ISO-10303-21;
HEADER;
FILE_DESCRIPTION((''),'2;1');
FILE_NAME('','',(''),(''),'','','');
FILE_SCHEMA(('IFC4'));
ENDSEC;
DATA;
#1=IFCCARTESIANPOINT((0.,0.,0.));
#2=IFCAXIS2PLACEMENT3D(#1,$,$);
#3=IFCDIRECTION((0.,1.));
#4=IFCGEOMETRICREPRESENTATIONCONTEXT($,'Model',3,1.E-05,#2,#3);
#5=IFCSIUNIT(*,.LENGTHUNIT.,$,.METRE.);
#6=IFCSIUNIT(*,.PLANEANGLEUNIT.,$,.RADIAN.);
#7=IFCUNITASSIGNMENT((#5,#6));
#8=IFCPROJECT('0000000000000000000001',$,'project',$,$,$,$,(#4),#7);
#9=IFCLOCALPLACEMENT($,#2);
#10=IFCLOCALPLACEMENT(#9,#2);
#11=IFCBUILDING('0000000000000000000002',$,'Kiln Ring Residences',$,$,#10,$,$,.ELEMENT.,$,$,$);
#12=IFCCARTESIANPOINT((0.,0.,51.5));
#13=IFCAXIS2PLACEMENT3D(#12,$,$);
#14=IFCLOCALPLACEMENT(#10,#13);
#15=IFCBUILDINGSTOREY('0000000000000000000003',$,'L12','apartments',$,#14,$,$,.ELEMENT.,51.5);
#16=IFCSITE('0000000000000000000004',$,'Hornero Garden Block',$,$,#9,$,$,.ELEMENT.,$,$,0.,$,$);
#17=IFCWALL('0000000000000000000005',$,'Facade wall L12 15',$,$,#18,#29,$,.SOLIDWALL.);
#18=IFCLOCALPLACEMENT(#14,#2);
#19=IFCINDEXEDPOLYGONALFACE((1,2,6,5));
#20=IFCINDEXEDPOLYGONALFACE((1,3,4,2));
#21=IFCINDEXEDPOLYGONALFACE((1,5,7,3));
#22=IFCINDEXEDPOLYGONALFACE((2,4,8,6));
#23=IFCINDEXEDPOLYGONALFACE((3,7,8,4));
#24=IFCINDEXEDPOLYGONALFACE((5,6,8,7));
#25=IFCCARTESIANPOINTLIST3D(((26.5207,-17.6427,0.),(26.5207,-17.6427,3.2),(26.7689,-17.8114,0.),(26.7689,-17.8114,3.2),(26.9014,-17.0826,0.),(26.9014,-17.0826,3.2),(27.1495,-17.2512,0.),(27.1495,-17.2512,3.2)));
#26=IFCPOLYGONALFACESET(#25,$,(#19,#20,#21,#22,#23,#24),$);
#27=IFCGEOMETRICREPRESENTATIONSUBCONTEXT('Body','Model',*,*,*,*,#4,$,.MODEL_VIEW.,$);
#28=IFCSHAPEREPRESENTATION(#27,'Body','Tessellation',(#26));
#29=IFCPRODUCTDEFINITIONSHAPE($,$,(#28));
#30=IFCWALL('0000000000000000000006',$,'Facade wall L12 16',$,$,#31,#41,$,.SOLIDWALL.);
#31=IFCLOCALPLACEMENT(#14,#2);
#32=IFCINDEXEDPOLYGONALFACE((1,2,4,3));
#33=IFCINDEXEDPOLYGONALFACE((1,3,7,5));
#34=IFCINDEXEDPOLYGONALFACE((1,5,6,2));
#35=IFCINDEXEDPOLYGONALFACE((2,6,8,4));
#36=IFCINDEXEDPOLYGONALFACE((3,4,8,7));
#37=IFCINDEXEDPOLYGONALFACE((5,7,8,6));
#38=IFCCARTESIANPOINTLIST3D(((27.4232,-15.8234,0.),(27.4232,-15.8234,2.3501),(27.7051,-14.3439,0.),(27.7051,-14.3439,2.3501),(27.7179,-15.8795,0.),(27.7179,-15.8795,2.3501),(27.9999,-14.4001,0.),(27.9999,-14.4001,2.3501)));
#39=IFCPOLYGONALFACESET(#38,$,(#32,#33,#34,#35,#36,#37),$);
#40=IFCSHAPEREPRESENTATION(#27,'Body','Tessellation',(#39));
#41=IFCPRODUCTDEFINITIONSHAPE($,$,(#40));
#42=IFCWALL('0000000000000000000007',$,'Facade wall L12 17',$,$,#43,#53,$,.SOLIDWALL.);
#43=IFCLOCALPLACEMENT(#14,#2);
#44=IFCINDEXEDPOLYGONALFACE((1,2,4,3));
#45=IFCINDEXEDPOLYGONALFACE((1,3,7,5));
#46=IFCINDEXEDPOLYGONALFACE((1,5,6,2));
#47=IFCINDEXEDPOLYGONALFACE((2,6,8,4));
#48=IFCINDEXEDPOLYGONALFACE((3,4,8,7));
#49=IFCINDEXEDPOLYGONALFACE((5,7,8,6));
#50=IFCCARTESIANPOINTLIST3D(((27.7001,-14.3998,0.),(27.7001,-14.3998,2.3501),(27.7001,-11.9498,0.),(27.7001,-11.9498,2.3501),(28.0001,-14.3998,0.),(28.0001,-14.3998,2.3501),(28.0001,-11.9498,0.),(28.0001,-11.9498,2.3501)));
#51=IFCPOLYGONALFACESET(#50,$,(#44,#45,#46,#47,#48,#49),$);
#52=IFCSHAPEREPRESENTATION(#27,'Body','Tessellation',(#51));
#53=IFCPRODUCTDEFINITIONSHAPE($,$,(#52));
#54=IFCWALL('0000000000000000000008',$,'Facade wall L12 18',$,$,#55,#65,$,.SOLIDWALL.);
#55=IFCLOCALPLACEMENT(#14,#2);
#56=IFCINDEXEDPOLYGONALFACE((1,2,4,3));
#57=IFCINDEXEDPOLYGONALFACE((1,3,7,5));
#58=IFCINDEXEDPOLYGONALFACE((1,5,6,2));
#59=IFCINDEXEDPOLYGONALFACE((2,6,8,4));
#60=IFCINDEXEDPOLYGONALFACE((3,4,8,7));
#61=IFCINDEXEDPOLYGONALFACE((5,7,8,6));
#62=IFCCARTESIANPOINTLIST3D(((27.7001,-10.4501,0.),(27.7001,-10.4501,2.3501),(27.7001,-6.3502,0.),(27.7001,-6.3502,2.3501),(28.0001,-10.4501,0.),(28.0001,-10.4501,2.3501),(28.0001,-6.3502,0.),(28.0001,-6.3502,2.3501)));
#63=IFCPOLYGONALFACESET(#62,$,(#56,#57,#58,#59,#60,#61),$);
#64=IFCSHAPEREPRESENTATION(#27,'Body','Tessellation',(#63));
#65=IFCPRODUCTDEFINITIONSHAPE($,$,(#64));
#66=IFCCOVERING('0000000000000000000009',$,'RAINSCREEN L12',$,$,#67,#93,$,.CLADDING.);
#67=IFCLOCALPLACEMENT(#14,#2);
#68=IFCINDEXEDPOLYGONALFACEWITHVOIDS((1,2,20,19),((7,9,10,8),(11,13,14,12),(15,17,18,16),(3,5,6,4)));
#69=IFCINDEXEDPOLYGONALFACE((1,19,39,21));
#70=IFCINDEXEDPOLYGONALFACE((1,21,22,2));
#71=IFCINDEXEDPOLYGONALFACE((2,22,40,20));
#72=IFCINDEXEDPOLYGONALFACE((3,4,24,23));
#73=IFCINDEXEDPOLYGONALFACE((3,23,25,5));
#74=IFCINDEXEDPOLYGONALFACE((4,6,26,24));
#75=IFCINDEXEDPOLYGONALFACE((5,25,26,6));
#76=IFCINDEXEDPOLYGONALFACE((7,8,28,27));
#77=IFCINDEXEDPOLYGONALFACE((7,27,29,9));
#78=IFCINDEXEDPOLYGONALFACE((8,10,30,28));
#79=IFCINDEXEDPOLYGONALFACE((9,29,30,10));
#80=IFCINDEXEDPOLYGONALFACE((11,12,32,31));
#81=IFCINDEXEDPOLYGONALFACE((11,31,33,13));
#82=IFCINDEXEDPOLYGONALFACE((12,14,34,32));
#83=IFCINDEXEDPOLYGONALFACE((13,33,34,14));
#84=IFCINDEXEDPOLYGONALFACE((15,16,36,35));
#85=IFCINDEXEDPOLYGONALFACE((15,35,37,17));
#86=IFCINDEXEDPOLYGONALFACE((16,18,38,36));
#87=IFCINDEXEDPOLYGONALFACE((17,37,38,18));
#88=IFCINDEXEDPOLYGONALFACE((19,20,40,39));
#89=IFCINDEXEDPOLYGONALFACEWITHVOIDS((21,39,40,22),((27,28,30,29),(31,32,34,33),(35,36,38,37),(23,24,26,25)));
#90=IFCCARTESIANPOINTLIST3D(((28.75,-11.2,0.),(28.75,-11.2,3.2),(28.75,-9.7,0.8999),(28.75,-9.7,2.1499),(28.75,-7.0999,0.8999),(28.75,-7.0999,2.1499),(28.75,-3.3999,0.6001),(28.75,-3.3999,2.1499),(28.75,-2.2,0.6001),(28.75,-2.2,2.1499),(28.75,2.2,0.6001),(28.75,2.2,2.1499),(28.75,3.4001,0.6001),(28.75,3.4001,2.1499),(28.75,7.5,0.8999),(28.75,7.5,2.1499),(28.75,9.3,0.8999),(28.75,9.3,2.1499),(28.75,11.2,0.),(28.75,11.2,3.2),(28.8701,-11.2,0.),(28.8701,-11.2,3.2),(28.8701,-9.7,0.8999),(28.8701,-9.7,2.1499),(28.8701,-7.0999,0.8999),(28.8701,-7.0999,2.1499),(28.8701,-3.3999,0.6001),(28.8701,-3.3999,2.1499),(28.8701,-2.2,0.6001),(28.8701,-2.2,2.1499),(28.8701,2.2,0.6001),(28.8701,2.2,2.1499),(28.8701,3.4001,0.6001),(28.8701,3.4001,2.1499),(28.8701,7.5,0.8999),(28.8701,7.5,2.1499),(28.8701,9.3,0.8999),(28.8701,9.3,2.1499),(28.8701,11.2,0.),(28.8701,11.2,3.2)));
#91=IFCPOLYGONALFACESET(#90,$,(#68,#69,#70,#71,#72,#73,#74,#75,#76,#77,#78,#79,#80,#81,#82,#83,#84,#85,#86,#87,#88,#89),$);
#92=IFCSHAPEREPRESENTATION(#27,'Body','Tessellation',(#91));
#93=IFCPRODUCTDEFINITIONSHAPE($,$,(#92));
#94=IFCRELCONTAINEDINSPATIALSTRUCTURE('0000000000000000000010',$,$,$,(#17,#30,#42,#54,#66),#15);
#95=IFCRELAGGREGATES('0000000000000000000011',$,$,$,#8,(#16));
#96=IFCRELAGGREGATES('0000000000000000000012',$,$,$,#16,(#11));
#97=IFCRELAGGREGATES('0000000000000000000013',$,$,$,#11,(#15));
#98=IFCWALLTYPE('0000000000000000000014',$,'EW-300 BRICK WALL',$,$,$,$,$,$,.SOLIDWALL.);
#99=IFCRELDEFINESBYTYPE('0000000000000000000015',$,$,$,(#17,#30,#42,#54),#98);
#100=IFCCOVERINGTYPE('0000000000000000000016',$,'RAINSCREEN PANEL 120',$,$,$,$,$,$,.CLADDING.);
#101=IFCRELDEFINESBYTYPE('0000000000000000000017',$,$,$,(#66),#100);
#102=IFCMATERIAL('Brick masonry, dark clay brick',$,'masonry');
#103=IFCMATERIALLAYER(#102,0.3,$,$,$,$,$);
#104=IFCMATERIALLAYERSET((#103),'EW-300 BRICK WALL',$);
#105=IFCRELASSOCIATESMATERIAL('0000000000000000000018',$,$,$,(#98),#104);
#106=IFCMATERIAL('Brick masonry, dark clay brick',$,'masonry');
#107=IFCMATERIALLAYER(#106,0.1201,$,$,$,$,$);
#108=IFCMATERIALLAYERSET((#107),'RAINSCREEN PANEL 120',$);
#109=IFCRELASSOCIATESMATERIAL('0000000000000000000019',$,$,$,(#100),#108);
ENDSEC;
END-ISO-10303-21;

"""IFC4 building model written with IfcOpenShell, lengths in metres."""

from ifc_helpers import new_model, si_unit, direction, frame, frame_2d, origin, place, context, subcontext, project, spatial, polyline, rectangle, outline, extrude, material, layer, layer_set, type_object, element, save


model = new_model("IFC4")

# Units and contexts
model_context = context("Model", 3, precision=1e-05, world=origin(), true_north=direction((0.0, 1.0)))
body_context = subcontext(model_context, "Body", "Model", "MODEL_VIEW")
ifc_project = project(units=[si_unit("LENGTHUNIT", "METRE"), si_unit("PLANEANGLEUNIT", "RADIAN")], contexts=[model_context])

# Site, building, storey
site_placement = place(None, origin())
site = spatial("IfcSite", under=ifc_project, at=site_placement, Name="Hornero Garden Block", CompositionType="ELEMENT", RefElevation=0.0)
building_placement = place(site_placement, origin())
building = spatial("IfcBuilding", under=site, at=building_placement, Name="Kiln Ring Residences", CompositionType="ELEMENT")
storey_placement = place(building_placement, frame((0.0, 0.0, 51.5)))
storey = spatial("IfcBuildingStorey", under=building, at=storey_placement, Name="L12", Description="apartments", CompositionType="ELEMENT", Elevation=51.5)

# Walls
ifc_material_1 = material(Name="Brick masonry, dark clay brick", Category="masonry")
ifc_layer_1 = layer(ifc_material_1, 0.3)
ifc_layer_set_1 = layer_set([ifc_layer_1], Name="EW-300 BRICK WALL")
wall_type_1 = type_object("IfcWallType", Name="EW-300 BRICK WALL", PredefinedType="SOLIDWALL", material=ifc_layer_set_1)
wall_1_placement = place(storey_placement, frame((26.6448, -17.7271, 0.0), z_axis=(0.0, 0.0, 1.0), x_axis=(0.562083, 0.827081, 0.0)))
element("IfcWall", 1, at=wall_1_placement, inside=storey, type_object=wall_type_1, Name="Facade wall L12 15", PredefinedType="SOLIDWALL", context=body_context, shape_type="SweptSolid", body=[
    extrude(rectangle(XDim=0.6772, YDim=0.3, at=frame_2d((0.3386, 0.0))), origin(), (0.0, 0.0, 1.0), 3.2),
])
wall_2_placement = place(storey_placement, frame((27.5706, -15.8513, 0.0), z_axis=(0.0, 0.0, 1.0), x_axis=(0.187224, 0.982317, 0.0)))
element("IfcWall", 2, at=wall_2_placement, inside=storey, type_object=wall_type_1, Name="Facade wall L12 16", PredefinedType="SOLIDWALL", context=body_context, shape_type="SweptSolid", body=[
    extrude(rectangle(XDim=1.5061, YDim=0.3, at=frame_2d((0.7529, 0.0))), origin(), (0.0, 0.0, 1.0), 2.3501),
])
wall_3_placement = place(storey_placement, frame((27.8501, -14.3999, 0.0), z_axis=(0.0, 0.0, 1.0), x_axis=(0.0, 1.0, 0.0)))
element("IfcWall", 3, at=wall_3_placement, inside=storey, type_object=wall_type_1, Name="Facade wall L12 17", PredefinedType="SOLIDWALL", context=body_context, shape_type="SweptSolid", body=[
    extrude(rectangle(XDim=2.45, YDim=0.3, at=frame_2d((1.2251, 0.0))), origin(), (0.0, 0.0, 1.0), 2.3501),
])
wall_4_placement = place(storey_placement, frame((27.8501, -10.45, 0.0), z_axis=(0.0, 0.0, 1.0), x_axis=(0.0, 1.0, 0.0)))
element("IfcWall", 4, at=wall_4_placement, inside=storey, type_object=wall_type_1, Name="Facade wall L12 18", PredefinedType="SOLIDWALL", context=body_context, shape_type="SweptSolid", body=[
    extrude(rectangle(XDim=4.0999, YDim=0.3, at=frame_2d((2.0498, 0.0))), origin(), (0.0, 0.0, 1.0), 2.3501),
])

# Covering
ifc_material_2 = material(Name="Brick masonry, dark clay brick", Category="masonry")
ifc_layer_2 = layer(ifc_material_2, 0.1201)
ifc_layer_set_2 = layer_set([ifc_layer_2], Name="RAINSCREEN PANEL 120")
covering_type = type_object("IfcCoveringType", Name="RAINSCREEN PANEL 120", PredefinedType="CLADDING", material=ifc_layer_set_2)
covering_placement = place(storey_placement, frame((28.8101, -11.2, 0.0), z_axis=(0.0, 0.0, 1.0), x_axis=(0.0, 1.0, 0.0)))
element("IfcCovering", 5, at=covering_placement, inside=storey, type_object=covering_type, Name="RAINSCREEN L12", PredefinedType="CLADDING", context=body_context, shape_type="SweptSolid", body=[
    extrude(outline(polyline([(0.0, 0.0), (22.3999, 0.0), (22.3999, 3.2), (0.0, 3.2), (0.0, 0.0)]), holes=[polyline([(9.0, 0.6001), (9.0, 2.1499), (7.8, 2.1499), (7.8, 0.6001), (9.0, 0.6001)]), polyline([(14.6001, 0.6001), (14.6001, 2.1499), (13.3999, 2.1499), (13.3999, 0.6001), (14.6001, 0.6001)]), polyline([(4.1001, 0.8999), (4.1001, 2.1499), (1.5, 2.1499), (1.5, 0.8999), (4.1001, 0.8999)]), polyline([(20.5, 0.8999), (20.5, 2.1499), (18.7, 2.1499), (18.7, 0.8999), (20.5, 0.8999)])]), frame((0.0, 0.0601, 0.0), z_axis=(0.0, -1.0, 0.0), x_axis=(1.0, 0.0, 0.0)), (0.0, 0.0, 1.0), 0.1201),
])

save(model, "model.ifc")
